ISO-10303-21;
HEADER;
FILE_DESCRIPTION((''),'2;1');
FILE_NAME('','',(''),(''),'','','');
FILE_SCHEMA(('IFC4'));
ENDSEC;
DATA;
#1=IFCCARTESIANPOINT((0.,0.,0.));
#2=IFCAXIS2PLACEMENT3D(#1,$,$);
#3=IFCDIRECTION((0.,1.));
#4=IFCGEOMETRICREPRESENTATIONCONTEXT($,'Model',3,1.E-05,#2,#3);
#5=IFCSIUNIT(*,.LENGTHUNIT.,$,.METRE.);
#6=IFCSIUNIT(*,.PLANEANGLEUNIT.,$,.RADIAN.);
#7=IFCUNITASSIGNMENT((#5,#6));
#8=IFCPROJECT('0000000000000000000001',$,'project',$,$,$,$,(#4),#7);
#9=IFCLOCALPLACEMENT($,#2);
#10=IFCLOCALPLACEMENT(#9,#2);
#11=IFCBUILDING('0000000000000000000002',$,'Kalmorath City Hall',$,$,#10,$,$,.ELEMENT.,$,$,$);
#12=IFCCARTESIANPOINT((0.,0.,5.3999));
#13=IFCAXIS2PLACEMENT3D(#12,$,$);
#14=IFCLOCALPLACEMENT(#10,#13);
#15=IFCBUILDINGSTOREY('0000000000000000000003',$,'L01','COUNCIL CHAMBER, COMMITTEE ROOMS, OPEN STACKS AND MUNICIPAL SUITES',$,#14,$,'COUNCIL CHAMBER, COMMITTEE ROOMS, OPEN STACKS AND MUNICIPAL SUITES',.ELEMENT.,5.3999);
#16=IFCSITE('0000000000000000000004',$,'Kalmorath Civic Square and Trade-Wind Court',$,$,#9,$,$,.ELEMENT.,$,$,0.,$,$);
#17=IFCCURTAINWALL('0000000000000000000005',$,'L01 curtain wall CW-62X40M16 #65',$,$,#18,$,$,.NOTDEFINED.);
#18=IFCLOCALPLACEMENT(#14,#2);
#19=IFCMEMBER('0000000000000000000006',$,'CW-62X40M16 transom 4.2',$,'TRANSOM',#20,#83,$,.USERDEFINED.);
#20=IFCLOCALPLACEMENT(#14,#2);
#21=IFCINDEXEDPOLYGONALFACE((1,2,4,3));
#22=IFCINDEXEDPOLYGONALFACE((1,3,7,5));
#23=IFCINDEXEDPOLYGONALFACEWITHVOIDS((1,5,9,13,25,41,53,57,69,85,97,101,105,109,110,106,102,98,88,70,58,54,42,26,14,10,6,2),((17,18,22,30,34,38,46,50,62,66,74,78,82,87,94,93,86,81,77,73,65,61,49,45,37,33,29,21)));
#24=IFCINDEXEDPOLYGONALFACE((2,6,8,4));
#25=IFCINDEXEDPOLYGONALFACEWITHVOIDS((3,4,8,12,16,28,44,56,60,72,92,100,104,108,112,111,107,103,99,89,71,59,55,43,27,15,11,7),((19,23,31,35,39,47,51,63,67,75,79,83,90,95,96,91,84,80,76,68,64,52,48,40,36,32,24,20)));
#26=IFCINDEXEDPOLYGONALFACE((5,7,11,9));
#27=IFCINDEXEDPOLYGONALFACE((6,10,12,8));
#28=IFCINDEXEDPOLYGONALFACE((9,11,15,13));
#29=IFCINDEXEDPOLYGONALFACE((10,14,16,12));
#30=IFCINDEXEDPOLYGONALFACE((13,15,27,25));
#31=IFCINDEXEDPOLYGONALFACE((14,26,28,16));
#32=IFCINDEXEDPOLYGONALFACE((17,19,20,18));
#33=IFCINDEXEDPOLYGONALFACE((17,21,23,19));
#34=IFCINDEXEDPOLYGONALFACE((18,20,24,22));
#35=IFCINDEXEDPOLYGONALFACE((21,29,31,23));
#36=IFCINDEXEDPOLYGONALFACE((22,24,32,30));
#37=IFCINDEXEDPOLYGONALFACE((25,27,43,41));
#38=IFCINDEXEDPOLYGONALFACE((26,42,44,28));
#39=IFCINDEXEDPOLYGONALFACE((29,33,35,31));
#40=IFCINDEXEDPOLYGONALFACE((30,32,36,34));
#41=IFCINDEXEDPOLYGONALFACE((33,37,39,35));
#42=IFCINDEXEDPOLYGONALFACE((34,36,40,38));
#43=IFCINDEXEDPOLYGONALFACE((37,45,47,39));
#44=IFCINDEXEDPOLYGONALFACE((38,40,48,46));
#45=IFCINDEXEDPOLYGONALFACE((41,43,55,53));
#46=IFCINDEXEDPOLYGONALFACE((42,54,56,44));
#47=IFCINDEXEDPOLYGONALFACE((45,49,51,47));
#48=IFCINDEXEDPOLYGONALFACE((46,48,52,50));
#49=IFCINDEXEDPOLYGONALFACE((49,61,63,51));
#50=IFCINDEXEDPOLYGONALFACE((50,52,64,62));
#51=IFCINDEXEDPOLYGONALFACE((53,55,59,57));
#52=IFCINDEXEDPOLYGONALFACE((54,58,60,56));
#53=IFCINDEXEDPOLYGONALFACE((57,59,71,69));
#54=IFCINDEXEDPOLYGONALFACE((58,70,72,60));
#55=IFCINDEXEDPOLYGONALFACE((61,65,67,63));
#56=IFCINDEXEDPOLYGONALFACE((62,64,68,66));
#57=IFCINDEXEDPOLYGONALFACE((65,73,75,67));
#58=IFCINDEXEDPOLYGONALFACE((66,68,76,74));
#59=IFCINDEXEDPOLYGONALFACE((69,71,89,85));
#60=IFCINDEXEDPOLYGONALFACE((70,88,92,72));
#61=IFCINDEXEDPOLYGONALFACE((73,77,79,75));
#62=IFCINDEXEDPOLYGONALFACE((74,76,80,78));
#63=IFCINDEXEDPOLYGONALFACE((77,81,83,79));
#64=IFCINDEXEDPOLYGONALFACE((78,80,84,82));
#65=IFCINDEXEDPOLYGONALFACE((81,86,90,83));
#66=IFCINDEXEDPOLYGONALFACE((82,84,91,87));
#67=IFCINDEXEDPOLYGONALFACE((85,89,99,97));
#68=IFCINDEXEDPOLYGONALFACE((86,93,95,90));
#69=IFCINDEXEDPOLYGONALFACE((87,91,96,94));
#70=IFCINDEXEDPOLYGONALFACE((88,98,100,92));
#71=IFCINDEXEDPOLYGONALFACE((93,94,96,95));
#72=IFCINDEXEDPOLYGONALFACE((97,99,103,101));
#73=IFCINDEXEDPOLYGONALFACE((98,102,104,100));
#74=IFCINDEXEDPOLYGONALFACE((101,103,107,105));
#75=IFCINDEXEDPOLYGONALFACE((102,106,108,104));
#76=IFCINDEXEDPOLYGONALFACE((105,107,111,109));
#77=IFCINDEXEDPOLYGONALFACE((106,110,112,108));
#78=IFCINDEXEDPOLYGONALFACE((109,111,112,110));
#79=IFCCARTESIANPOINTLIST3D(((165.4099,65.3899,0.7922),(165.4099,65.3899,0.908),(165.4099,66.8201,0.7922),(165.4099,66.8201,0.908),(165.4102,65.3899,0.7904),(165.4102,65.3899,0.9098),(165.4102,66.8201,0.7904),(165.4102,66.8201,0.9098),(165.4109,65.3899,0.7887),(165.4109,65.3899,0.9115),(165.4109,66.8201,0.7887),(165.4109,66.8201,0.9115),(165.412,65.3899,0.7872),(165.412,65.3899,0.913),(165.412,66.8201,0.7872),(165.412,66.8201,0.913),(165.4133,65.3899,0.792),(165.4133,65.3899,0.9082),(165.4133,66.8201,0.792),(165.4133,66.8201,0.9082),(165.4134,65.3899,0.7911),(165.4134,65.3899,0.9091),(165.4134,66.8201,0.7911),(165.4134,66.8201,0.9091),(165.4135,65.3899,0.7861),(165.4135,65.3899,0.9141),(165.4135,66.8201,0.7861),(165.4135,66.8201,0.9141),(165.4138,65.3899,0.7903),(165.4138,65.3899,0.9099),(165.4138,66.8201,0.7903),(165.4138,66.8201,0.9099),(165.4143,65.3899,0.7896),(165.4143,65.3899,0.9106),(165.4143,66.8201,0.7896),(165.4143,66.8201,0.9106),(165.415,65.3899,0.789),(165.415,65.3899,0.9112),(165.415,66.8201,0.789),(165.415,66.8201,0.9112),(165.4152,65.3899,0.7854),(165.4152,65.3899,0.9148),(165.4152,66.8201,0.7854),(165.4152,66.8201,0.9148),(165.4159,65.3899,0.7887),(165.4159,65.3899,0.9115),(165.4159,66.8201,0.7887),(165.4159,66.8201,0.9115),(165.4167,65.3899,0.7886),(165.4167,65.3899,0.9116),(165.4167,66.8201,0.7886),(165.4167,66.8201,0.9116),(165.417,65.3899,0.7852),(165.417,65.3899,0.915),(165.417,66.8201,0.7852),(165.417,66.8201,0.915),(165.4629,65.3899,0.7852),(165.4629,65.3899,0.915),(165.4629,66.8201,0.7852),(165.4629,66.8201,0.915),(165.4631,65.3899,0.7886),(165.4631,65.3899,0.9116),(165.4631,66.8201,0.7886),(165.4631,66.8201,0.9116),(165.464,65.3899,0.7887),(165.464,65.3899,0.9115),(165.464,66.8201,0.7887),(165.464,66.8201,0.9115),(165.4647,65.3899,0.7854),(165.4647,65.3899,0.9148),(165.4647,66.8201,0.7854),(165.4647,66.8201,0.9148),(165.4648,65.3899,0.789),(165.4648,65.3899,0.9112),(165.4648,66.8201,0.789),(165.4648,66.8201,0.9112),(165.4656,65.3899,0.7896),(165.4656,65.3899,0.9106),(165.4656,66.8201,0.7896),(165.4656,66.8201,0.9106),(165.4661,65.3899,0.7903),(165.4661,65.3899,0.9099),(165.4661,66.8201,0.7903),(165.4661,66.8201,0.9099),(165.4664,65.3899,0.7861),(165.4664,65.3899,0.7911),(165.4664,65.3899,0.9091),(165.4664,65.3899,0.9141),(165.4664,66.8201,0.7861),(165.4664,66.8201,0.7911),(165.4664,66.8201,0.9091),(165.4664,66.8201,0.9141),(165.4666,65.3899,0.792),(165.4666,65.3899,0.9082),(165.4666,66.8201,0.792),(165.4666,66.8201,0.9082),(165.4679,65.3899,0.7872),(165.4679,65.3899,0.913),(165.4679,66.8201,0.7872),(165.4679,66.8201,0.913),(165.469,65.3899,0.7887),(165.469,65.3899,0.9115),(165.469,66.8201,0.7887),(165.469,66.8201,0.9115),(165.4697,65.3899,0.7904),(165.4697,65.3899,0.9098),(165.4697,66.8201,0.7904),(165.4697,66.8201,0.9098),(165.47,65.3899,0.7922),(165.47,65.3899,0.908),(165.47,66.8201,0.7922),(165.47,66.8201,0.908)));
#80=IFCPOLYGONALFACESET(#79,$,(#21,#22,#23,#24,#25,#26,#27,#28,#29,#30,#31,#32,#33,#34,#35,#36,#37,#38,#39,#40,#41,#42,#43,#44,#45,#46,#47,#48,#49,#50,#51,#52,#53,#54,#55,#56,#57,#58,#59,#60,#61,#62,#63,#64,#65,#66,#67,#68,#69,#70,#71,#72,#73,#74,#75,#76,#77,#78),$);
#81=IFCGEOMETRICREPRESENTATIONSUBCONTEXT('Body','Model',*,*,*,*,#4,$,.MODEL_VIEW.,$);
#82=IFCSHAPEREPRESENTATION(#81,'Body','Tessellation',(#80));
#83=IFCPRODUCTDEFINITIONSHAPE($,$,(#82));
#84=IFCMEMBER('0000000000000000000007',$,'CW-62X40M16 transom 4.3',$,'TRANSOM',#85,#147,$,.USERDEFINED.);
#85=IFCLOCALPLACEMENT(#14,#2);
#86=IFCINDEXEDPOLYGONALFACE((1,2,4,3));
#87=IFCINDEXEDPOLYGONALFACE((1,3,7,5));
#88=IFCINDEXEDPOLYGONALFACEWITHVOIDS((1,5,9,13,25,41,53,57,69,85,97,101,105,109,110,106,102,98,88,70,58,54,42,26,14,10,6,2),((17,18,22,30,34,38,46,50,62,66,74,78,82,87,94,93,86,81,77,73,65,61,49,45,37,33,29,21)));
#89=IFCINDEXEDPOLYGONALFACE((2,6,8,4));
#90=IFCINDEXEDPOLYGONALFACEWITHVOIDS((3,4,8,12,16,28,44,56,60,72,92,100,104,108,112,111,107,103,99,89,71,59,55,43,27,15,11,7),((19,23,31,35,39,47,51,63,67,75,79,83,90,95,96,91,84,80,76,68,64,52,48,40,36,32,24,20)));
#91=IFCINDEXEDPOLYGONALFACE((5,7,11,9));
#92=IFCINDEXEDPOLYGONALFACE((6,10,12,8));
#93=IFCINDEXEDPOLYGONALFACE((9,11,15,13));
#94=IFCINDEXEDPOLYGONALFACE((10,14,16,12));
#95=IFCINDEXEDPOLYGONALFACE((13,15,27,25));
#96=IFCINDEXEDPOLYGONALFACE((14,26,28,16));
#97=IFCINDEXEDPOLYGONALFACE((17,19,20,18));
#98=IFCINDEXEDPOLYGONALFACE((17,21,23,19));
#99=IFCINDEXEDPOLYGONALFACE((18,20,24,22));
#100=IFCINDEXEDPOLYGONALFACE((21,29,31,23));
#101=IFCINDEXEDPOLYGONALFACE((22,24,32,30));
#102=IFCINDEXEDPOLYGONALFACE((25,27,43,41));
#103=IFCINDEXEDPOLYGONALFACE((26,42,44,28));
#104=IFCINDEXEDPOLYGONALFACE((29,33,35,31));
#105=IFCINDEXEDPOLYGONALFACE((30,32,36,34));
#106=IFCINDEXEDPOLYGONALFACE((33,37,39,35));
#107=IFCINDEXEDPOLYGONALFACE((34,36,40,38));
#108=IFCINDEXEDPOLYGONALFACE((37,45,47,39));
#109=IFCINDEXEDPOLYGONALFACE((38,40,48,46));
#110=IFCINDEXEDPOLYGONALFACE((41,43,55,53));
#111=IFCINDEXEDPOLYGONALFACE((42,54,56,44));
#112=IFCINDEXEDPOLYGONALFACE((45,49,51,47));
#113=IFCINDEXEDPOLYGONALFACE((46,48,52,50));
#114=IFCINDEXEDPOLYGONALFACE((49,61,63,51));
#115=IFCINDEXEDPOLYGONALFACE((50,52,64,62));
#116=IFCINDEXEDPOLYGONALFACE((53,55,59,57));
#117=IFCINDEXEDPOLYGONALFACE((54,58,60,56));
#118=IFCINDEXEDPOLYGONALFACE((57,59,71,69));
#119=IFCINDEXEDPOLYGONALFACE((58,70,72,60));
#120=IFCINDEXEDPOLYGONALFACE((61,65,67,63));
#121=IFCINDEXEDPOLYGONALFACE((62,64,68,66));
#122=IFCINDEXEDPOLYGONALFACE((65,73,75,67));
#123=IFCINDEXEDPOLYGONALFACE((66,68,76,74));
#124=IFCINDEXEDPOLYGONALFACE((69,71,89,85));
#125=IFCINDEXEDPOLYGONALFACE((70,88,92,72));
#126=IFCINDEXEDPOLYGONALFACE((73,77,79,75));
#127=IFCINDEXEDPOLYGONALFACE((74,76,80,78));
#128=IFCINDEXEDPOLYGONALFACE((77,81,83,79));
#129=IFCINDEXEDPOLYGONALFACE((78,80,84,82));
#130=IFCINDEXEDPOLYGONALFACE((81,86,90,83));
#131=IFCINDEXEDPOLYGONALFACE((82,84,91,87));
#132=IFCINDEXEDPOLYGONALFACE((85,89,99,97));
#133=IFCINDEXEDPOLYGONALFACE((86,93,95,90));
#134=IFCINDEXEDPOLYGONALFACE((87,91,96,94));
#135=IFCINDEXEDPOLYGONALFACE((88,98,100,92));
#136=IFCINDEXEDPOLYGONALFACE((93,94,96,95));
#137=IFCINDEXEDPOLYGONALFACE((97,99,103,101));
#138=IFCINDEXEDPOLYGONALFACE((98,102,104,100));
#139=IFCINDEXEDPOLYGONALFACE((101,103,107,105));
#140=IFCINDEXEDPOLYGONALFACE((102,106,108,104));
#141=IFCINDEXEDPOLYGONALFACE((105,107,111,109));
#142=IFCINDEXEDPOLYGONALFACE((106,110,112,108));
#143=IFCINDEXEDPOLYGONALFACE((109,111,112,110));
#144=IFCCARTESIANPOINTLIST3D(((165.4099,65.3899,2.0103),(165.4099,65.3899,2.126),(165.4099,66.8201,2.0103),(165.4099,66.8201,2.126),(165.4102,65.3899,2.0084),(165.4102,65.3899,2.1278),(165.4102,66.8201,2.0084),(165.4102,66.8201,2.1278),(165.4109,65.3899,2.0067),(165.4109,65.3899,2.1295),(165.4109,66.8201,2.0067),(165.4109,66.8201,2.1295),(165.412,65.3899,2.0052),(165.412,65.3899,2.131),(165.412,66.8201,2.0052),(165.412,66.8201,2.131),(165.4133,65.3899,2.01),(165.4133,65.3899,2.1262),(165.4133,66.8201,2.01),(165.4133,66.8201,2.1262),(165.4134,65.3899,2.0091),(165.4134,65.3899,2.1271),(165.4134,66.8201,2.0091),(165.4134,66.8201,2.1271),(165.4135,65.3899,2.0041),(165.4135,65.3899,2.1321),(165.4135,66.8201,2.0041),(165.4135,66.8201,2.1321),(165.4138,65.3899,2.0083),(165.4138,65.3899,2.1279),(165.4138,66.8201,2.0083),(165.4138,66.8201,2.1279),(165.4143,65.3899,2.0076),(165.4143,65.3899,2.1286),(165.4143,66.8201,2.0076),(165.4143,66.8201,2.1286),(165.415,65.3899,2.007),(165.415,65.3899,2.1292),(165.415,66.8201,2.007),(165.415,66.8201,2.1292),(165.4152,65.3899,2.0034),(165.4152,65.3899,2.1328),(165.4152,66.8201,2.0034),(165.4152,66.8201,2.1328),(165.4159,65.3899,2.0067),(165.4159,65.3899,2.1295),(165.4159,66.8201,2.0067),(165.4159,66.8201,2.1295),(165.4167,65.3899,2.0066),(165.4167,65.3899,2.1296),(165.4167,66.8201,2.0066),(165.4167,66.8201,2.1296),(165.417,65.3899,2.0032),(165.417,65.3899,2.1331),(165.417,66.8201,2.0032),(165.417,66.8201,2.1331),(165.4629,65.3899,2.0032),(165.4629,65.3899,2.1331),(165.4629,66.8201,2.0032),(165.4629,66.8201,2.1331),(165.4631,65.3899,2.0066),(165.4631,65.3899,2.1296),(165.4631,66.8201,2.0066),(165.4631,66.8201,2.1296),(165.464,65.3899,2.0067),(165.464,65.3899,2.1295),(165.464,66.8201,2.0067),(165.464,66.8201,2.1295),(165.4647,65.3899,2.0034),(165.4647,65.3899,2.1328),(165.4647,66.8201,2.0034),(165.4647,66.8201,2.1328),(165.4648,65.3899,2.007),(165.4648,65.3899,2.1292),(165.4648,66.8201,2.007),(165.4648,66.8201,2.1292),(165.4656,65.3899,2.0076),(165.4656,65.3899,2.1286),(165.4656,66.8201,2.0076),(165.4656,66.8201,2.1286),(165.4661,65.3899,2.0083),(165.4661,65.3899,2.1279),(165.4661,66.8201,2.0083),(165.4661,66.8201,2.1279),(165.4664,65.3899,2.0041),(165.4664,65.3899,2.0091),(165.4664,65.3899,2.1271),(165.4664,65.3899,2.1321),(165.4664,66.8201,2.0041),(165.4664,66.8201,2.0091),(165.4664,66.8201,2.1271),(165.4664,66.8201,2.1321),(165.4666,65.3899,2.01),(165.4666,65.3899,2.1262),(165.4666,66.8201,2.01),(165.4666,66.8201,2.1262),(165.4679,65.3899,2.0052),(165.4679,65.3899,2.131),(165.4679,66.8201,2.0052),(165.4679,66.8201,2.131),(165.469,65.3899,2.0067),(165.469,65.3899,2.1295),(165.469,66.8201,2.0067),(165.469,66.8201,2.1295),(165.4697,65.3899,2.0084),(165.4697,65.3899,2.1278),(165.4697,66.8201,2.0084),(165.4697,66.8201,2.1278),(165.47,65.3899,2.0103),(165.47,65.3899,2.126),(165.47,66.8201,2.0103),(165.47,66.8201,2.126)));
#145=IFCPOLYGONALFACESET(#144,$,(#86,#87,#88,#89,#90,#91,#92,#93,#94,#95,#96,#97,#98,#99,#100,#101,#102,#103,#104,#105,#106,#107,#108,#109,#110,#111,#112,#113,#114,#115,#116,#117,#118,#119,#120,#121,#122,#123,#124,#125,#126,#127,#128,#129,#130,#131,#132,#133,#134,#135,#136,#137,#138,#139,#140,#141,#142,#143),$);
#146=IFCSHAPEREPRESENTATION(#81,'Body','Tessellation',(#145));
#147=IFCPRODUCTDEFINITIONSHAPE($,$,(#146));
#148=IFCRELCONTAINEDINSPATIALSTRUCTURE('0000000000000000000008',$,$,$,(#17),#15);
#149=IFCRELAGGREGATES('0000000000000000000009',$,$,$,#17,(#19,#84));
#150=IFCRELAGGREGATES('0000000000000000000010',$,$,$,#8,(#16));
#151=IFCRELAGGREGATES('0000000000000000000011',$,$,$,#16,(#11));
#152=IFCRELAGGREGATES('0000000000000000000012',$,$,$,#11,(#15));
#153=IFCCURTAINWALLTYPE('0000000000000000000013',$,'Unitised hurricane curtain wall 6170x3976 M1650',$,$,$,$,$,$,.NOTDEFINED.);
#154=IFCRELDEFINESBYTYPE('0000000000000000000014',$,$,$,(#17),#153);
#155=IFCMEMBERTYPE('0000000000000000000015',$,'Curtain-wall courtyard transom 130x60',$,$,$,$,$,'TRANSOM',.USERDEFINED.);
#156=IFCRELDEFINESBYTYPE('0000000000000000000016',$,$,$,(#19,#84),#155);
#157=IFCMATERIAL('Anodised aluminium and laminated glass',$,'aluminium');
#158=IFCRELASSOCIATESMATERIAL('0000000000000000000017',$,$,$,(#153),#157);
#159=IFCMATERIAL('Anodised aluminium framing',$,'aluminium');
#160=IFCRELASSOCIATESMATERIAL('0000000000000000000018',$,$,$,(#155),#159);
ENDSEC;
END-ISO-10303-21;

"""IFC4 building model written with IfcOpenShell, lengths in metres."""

from ifc_helpers import new_model, si_unit, direction, frame, origin, origin_2d, place, context, subcontext, project, spatial, hollow_rectangle, extrude, material, material_profile, profile_set, type_object, element, aggregate, save


model = new_model("IFC4")

# Units and contexts
model_context = context("Model", 3, precision=1e-05, world=origin(), true_north=direction((0.0, 1.0)))
body_context = subcontext(model_context, "Body", "Model", "MODEL_VIEW")
ifc_project = project(units=[si_unit("LENGTHUNIT", "METRE"), si_unit("PLANEANGLEUNIT", "RADIAN")], contexts=[model_context])

# Site, building, storey
site_placement = place(None, origin())
site = spatial("IfcSite", under=ifc_project, at=site_placement, Name="Kalmorath Civic Square and Trade-Wind Court", CompositionType="ELEMENT", RefElevation=0.0)
building_placement = place(site_placement, origin())
building = spatial("IfcBuilding", under=site, at=building_placement, Name="Kalmorath City Hall", CompositionType="ELEMENT")
storey_placement = place(building_placement, frame((0.0, 0.0, 5.3999)))
storey = spatial("IfcBuildingStorey", under=building, at=storey_placement, Name="L01", Description="COUNCIL CHAMBER, COMMITTEE ROOMS, OPEN STACKS AND MUNICIPAL SUITES", LongName="COUNCIL CHAMBER, COMMITTEE ROOMS, OPEN STACKS AND MUNICIPAL SUITES", CompositionType="ELEMENT", Elevation=5.3999)

# Curtain wall, members
ifc_material_1 = material(Name="Anodised aluminium and laminated glass", Category="aluminium")
curtain_wall_type = type_object("IfcCurtainWallType", Name="Unitised hurricane curtain wall 6170x3976 M1650", PredefinedType="NOTDEFINED", material=ifc_material_1)
curtain_wall_placement = place(storey_placement, origin())
curtain_wall = element("IfcCurtainWall", 1, at=curtain_wall_placement, inside=storey, type_object=curtain_wall_type, Name="L01 curtain wall CW-62X40M16 #65", PredefinedType="NOTDEFINED")
ifc_material_2 = material(Name="Anodised aluminium framing", Category="aluminium")
ifc_material_profile_1 = material_profile(ifc_material_2, hollow_rectangle(XDim=0.0601, YDim=0.1299, WallThickness=0.0034, InnerFilletRadius=0.0034, OuterFilletRadius=0.0071, at=origin_2d()), Name="ALU-TRN-130X60X3.5")
ifc_profile_set_1 = profile_set([ifc_material_profile_1], Name="Anodised aluminium framing")
member_type_1 = type_object("IfcMemberType", Name="Curtain-wall courtyard transom 130x60", ElementType="TRANSOM", PredefinedType="USERDEFINED", material=ifc_profile_set_1)
member_1_placement = place(storey_placement, frame((165.4399, 66.8201, 0.8501), z_axis=(0.0, -1.0, 0.0), x_axis=(1.0, 0.0, 0.0)))
member_1 = element("IfcMember", 2, at=member_1_placement, type_object=member_type_1, Name="CW-62X40M16 transom 4.2", ObjectType="TRANSOM", PredefinedType="USERDEFINED", context=body_context, shape_type="SweptSolid", body=[
    extrude(hollow_rectangle(XDim=0.0601, YDim=0.1299, WallThickness=0.0034, InnerFilletRadius=0.0034, OuterFilletRadius=0.0071, at=origin_2d()), origin(), (0.0, 0.0, 1.0), 1.4302),
])
member_2_placement = place(storey_placement, frame((165.4399, 66.8201, 2.0681), z_axis=(0.0, -1.0, 0.0), x_axis=(1.0, 0.0, 0.0)))
member_2 = element("IfcMember", 3, at=member_2_placement, type_object=member_type_1, Name="CW-62X40M16 transom 4.3", ObjectType="TRANSOM", PredefinedType="USERDEFINED", context=body_context, shape_type="SweptSolid", body=[
    extrude(hollow_rectangle(XDim=0.0601, YDim=0.1299, WallThickness=0.0034, InnerFilletRadius=0.0034, OuterFilletRadius=0.0071, at=origin_2d()), origin(), (0.0, 0.0, 1.0), 1.4302),
])
aggregate(curtain_wall, [member_1, member_2])

save(model, "model.ifc")
